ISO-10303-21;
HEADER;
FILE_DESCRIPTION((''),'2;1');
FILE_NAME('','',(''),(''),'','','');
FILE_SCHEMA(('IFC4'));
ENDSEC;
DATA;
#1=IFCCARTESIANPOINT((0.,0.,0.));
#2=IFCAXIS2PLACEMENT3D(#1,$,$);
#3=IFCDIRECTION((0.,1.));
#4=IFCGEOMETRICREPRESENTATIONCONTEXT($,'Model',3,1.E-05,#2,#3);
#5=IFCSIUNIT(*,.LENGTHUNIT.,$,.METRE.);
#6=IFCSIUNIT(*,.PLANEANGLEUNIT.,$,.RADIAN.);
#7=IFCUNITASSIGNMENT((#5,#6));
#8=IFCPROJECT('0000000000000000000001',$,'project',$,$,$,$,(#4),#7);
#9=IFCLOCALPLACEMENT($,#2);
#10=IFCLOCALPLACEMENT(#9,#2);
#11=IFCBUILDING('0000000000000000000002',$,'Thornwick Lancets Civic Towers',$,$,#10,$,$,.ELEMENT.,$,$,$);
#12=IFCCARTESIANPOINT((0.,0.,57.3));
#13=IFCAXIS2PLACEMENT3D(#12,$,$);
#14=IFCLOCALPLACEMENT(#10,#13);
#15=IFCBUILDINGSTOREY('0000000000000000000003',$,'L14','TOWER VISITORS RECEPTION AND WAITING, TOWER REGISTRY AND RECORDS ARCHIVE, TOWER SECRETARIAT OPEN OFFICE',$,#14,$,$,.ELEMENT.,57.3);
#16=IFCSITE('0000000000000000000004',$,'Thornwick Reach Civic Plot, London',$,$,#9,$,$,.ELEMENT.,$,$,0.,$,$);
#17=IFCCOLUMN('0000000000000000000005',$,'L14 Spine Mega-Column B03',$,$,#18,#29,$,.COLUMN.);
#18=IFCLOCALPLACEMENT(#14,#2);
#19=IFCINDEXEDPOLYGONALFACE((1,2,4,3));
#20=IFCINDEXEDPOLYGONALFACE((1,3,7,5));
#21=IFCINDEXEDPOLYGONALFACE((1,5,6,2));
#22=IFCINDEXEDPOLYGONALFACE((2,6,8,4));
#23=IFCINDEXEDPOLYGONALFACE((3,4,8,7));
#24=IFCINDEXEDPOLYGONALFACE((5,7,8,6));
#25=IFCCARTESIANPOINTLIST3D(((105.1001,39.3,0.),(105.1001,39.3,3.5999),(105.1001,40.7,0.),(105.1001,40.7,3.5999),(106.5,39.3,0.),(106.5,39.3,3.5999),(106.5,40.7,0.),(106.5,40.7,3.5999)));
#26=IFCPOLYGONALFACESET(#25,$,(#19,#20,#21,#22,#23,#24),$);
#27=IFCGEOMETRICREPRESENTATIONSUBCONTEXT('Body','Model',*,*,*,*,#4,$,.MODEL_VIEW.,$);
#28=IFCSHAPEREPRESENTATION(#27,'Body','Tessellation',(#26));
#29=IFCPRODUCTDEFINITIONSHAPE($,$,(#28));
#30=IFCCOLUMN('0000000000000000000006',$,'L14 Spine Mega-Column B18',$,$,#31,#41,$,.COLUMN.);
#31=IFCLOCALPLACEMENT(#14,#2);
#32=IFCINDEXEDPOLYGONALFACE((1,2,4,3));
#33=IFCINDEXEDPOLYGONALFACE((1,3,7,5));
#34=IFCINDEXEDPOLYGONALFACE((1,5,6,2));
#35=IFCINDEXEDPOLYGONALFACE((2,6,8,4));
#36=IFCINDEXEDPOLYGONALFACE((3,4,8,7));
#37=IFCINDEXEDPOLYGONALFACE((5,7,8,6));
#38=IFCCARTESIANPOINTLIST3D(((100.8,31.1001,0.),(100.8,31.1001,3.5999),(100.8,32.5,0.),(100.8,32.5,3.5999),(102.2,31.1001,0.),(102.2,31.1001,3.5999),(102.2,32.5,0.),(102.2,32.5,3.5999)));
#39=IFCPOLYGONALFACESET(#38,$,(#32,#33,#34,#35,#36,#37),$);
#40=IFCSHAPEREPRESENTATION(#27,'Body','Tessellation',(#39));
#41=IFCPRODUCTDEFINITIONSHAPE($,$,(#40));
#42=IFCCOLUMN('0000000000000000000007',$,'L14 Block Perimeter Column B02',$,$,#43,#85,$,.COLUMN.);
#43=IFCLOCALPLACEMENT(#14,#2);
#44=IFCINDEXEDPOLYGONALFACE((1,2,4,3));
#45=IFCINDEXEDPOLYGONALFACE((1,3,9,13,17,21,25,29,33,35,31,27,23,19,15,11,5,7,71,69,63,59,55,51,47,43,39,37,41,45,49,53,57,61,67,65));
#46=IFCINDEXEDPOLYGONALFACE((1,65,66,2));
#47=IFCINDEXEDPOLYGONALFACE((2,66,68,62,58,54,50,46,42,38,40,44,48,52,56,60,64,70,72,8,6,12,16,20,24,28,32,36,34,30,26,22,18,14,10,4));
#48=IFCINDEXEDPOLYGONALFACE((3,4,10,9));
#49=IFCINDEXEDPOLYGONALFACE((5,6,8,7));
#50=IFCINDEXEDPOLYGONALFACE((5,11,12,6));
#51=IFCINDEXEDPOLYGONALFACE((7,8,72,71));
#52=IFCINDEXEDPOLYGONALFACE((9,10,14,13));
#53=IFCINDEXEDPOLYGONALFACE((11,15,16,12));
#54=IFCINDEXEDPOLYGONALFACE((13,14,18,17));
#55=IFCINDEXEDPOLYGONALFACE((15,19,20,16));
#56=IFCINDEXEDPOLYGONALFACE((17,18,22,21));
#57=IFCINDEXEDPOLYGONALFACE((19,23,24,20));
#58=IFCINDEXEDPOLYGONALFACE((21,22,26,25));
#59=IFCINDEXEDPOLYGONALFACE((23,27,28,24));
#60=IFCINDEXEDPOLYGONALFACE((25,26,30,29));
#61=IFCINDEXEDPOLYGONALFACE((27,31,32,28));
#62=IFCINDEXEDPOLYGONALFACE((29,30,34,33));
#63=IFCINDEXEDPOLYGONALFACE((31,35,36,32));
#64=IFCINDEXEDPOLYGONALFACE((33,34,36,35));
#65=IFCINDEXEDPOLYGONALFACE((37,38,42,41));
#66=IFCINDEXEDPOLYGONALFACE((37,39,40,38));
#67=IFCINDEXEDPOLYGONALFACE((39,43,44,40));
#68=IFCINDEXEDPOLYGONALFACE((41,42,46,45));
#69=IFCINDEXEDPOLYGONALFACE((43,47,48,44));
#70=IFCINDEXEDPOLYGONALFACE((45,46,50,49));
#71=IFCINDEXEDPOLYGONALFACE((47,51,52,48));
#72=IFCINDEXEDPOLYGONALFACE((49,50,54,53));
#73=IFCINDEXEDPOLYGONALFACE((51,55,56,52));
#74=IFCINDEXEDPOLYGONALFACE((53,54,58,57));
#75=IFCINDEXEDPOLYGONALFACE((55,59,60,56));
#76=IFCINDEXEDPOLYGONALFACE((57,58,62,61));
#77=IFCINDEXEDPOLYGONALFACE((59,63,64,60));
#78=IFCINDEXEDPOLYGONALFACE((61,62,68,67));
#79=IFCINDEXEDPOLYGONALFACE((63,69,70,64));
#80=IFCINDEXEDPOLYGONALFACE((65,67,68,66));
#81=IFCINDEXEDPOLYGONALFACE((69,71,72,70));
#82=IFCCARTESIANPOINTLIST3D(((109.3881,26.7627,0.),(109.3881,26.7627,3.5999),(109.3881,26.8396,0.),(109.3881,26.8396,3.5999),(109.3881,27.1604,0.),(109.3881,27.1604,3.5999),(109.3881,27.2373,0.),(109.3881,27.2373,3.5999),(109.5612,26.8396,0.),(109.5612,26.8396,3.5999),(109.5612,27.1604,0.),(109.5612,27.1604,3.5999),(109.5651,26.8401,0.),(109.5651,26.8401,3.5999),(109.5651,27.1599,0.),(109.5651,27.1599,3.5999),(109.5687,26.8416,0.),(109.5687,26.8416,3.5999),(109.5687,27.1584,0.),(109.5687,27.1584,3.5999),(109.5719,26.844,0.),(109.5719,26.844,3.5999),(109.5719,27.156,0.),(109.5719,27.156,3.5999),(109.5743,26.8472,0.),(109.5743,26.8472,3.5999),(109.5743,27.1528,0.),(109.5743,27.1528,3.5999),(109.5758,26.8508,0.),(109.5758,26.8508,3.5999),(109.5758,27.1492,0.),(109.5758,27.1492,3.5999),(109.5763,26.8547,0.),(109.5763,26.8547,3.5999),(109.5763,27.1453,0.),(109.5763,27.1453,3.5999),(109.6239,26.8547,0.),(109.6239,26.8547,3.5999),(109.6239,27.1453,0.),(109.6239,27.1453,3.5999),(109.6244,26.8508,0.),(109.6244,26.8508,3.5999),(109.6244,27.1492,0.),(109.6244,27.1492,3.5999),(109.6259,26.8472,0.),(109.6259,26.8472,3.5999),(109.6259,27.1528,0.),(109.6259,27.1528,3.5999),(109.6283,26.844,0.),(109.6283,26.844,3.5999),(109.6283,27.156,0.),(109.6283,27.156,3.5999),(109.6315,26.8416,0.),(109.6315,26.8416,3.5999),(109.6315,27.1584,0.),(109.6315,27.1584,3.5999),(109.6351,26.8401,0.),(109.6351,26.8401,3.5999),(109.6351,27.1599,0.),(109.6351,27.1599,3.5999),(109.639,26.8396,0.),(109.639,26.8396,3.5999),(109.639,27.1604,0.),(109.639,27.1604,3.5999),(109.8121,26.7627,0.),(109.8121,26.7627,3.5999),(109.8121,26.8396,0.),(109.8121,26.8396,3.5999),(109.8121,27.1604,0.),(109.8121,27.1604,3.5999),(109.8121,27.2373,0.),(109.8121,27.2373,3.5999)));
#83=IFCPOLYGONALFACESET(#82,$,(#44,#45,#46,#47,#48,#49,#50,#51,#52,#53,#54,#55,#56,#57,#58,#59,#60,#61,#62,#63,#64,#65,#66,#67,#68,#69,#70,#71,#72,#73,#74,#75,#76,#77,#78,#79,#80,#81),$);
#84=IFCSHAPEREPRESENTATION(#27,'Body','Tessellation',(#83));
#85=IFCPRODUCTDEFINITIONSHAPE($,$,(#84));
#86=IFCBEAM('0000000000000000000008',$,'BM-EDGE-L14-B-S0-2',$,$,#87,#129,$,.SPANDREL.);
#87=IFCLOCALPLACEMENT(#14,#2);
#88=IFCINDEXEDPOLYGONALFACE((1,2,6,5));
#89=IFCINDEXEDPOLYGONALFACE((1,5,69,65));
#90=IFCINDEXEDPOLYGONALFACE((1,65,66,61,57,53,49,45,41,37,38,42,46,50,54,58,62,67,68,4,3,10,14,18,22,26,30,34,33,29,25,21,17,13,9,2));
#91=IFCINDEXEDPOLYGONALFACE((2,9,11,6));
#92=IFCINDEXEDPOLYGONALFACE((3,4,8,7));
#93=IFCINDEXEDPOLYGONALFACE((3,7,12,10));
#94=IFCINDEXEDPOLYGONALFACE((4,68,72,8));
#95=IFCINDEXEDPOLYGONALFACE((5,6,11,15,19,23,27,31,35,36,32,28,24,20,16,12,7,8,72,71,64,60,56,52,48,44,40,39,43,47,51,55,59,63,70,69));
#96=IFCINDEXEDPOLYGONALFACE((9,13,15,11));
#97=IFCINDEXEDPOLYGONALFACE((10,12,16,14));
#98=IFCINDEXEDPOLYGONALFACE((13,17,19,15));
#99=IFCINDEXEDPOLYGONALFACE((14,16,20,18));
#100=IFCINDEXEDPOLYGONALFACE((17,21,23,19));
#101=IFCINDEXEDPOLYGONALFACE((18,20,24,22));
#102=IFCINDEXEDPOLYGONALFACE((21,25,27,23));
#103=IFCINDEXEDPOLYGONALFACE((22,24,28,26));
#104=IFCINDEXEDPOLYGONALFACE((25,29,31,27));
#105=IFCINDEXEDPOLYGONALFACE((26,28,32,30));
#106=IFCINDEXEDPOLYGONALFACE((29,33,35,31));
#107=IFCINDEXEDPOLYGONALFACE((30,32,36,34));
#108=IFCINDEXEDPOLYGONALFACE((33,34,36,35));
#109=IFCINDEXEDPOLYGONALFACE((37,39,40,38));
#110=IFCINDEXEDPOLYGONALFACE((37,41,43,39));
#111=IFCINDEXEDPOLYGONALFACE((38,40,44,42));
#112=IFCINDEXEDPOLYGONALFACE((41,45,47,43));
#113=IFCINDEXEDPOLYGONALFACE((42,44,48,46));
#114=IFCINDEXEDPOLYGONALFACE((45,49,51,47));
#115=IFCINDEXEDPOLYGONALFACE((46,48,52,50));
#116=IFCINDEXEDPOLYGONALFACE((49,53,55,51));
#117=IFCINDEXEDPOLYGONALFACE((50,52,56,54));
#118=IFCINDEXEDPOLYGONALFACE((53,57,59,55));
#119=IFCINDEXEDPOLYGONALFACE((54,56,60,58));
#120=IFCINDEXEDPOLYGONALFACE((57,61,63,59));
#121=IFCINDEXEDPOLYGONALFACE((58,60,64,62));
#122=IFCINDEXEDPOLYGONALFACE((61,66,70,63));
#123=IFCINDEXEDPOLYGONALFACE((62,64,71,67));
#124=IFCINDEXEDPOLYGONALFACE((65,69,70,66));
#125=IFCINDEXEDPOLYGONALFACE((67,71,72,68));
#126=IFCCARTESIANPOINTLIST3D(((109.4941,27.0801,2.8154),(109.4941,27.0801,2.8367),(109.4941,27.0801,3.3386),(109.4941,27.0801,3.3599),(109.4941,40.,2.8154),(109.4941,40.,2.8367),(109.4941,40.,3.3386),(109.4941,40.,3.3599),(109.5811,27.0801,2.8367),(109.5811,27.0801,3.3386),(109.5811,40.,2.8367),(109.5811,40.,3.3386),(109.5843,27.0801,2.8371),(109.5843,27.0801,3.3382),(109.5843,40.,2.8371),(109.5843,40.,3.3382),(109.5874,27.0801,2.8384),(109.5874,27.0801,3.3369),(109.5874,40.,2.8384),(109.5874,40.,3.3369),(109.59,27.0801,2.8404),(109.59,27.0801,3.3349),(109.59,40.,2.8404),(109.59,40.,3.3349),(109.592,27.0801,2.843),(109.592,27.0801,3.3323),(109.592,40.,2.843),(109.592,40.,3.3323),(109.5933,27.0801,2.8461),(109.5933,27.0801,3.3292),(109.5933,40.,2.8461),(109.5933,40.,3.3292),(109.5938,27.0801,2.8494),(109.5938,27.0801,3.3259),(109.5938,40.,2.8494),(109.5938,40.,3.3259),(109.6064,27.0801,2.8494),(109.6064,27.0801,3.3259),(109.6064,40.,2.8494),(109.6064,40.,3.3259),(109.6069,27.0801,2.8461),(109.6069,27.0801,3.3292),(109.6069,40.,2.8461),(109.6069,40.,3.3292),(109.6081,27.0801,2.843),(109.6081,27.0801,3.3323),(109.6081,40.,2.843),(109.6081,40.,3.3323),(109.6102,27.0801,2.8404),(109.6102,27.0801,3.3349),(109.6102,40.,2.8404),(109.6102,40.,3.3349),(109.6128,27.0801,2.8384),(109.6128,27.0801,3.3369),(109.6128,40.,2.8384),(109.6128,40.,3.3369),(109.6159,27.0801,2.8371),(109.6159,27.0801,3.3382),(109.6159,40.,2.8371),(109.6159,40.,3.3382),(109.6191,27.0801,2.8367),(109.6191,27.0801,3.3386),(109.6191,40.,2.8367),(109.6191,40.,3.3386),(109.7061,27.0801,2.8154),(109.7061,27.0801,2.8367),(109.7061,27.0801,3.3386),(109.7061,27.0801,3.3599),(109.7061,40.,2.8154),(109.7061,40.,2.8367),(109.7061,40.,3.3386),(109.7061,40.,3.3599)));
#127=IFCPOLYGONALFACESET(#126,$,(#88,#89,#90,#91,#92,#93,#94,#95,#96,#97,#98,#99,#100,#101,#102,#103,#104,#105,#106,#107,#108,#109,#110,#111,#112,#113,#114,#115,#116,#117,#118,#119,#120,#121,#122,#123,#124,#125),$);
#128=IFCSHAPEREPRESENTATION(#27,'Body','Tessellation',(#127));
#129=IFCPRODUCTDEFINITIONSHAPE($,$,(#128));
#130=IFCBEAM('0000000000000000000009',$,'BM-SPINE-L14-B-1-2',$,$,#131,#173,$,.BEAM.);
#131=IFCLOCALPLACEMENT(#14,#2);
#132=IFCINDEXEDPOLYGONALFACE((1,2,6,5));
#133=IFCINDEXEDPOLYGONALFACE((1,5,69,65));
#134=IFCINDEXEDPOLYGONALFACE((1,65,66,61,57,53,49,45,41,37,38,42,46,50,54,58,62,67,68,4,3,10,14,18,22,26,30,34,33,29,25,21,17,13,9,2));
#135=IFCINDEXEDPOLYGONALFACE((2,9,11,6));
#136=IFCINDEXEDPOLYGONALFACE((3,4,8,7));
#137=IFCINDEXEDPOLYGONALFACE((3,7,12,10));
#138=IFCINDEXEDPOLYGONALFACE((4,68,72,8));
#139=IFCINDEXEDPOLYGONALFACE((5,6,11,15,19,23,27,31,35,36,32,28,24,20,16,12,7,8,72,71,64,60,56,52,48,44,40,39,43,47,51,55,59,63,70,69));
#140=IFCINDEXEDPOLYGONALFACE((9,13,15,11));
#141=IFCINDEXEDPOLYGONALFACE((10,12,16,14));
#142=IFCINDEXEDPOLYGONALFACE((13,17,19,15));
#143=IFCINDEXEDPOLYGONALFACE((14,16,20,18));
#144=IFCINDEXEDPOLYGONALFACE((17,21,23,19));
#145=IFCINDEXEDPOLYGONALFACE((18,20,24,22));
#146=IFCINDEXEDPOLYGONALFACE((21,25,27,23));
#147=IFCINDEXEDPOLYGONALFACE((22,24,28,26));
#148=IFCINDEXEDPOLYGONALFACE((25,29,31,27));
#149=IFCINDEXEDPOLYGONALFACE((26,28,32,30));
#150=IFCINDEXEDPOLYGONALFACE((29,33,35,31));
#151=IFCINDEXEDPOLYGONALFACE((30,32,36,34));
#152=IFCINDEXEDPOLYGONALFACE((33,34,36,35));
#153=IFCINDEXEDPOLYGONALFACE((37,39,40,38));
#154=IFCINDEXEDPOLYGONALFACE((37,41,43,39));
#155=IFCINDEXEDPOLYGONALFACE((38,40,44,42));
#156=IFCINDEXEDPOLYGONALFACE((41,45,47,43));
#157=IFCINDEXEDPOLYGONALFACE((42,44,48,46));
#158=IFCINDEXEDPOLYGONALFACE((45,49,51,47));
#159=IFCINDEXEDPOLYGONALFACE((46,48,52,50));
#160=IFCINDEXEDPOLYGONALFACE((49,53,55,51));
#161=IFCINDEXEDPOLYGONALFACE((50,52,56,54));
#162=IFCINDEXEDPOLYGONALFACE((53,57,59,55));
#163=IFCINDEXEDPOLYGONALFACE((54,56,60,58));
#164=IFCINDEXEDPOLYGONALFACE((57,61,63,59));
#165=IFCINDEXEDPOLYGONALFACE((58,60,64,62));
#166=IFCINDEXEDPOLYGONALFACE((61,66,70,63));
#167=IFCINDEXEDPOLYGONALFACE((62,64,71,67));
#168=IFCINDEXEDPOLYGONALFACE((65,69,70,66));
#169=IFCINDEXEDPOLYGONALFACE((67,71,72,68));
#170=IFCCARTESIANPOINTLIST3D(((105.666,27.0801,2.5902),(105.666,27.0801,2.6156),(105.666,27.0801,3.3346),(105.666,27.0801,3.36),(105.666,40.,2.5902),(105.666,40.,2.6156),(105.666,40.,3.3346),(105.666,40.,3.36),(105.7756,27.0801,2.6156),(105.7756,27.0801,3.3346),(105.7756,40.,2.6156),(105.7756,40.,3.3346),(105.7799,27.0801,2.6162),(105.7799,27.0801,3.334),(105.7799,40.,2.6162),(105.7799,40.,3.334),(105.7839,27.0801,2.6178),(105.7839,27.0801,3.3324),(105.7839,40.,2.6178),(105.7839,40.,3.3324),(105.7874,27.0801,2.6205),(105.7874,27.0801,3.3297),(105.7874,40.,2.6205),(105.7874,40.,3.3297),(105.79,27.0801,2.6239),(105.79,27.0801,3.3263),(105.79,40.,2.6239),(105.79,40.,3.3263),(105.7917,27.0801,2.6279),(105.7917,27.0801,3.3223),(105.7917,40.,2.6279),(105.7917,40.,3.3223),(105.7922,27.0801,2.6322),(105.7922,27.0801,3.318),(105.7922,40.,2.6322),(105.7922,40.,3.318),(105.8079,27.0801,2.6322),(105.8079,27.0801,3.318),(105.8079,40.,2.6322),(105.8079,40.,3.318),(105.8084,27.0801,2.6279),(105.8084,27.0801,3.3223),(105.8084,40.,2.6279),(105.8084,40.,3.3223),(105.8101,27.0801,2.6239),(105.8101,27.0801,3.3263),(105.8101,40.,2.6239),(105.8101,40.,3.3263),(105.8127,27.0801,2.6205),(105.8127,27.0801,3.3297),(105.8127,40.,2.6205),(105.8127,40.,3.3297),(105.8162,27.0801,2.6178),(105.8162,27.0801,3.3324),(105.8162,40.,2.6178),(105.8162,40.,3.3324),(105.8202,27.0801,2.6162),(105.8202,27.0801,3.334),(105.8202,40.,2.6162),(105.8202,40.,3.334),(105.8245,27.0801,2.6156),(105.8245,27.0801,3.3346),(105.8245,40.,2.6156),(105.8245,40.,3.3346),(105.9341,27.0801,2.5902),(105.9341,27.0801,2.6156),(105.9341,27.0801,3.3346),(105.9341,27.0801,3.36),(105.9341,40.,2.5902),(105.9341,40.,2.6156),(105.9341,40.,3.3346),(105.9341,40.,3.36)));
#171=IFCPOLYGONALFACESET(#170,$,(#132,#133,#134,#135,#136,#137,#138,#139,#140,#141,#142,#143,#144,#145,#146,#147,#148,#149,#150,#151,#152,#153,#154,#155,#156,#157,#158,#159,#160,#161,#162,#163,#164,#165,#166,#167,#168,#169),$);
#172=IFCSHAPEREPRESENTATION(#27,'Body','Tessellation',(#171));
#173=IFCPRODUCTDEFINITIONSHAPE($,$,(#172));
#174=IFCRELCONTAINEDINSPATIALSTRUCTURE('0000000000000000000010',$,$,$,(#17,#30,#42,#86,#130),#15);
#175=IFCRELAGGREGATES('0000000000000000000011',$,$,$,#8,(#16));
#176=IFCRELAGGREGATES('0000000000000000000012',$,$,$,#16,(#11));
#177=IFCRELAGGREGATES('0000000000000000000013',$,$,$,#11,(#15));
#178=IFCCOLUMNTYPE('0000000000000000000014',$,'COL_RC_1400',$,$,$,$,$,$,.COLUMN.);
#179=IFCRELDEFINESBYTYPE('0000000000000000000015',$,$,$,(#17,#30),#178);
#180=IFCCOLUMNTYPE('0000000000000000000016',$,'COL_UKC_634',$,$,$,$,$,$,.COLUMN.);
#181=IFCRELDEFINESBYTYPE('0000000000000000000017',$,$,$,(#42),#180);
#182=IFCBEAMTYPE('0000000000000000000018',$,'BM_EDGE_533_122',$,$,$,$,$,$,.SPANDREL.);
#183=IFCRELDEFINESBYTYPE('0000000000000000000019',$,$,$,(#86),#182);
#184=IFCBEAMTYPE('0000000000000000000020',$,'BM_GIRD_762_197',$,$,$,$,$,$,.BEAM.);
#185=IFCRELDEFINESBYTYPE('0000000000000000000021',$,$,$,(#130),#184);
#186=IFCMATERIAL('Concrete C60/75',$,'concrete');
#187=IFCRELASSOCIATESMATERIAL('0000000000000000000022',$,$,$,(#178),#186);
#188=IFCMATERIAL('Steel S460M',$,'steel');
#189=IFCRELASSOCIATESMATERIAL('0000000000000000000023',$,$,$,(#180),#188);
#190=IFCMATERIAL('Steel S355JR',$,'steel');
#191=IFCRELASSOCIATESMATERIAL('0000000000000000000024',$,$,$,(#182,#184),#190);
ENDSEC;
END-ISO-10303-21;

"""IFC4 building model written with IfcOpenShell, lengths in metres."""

from ifc_helpers import new_model, si_unit, direction, frame, origin, origin_2d, place, context, subcontext, project, spatial, rectangle, i_section, extrude, material, material_profile, profile_set, type_object, element, save


model = new_model("IFC4")

# Units and contexts
model_context = context("Model", 3, precision=1e-05, world=origin(), true_north=direction((0.0, 1.0)))
body_context = subcontext(model_context, "Body", "Model", "MODEL_VIEW")
ifc_project = project(units=[si_unit("LENGTHUNIT", "METRE"), si_unit("PLANEANGLEUNIT", "RADIAN")], contexts=[model_context])

# Site, building, storey
site_placement = place(None, origin())
site = spatial("IfcSite", under=ifc_project, at=site_placement, Name="Thornwick Reach Civic Plot, London", CompositionType="ELEMENT", RefElevation=0.0)
building_placement = place(site_placement, origin())
building = spatial("IfcBuilding", under=site, at=building_placement, Name="Thornwick Lancets Civic Towers", CompositionType="ELEMENT")
storey_placement = place(building_placement, frame((0.0, 0.0, 57.3)))
storey = spatial("IfcBuildingStorey", under=building, at=storey_placement, Name="L14", Description="TOWER VISITORS RECEPTION AND WAITING, TOWER REGISTRY AND RECORDS ARCHIVE, TOWER SECRETARIAT OPEN OFFICE", CompositionType="ELEMENT", Elevation=57.3)

# Columns
ifc_material_1 = material(Name="Concrete C60/75", Category="concrete")
ifc_material_profile_1 = material_profile(ifc_material_1, rectangle(XDim=1.3999, YDim=1.3999, at=origin_2d()), Name="RC 1400x1400")
ifc_profile_set_1 = profile_set([ifc_material_profile_1], Name="Concrete C60/75")
column_type_1 = type_object("IfcColumnType", Name="COL_RC_1400", PredefinedType="COLUMN", material=ifc_profile_set_1)
for number, where, z_axis, x_axis, name in (
    (1, (105.8, 40.0, 0.0), (0.0, 0.0, 1.0), (1.0, 0.0, 0.0), "L14 Spine Mega-Column B03"),
    (2, (101.5, 31.8, 0.0), (0.0, 0.0, 1.0), (1.0, 0.0, 0.0), "L14 Spine Mega-Column B18"),
):
    element("IfcColumn", number, at=place(storey_placement, frame(where, z_axis=z_axis, x_axis=x_axis)), inside=storey, type_object=column_type_1, Name=name, PredefinedType="COLUMN", context=body_context, shape_type="SweptSolid", body=[
        extrude(rectangle(XDim=1.3999, YDim=1.3999, at=origin_2d()), origin(), (0.0, 0.0, 1.0), 3.5999),
    ])
ifc_material_2 = material(Name="Steel S460M", Category="steel")
ifc_material_profile_2 = material_profile(ifc_material_2, i_section(OverallWidth=0.4241, OverallDepth=0.4746, WebThickness=0.0476, FlangeThickness=0.0769, FilletRadius=0.0151, at=origin_2d()), Name="UKC 356x406x634")
ifc_profile_set_2 = profile_set([ifc_material_profile_2], Name="Steel S460M")
column_type_2 = type_object("IfcColumnType", Name="COL_UKC_634", PredefinedType="COLUMN", material=ifc_profile_set_2)
column_placement = place(storey_placement, frame((109.6001, 27.0, 0.0), z_axis=(0.0, 0.0, 1.0), x_axis=(1.0, 0.0, 0.0)))
element("IfcColumn", 3, at=column_placement, inside=storey, type_object=column_type_2, Name="L14 Block Perimeter Column B02", PredefinedType="COLUMN", context=body_context, shape_type="SweptSolid", body=[
    extrude(i_section(OverallWidth=0.4241, OverallDepth=0.4746, WebThickness=0.0476, FlangeThickness=0.0769, FilletRadius=0.0151, at=origin_2d()), origin(), (0.0, 0.0, 1.0), 3.5999),
])

# Beams
ifc_material_3 = material(Name="Steel S355JR", Category="steel")
ifc_material_profile_3 = material_profile(ifc_material_3, i_section(OverallWidth=0.2119, OverallDepth=0.5444, WebThickness=0.0127, FlangeThickness=0.0212, FilletRadius=0.0127, at=origin_2d()), Name="UKB 533x210x122")
ifc_profile_set_3 = profile_set([ifc_material_profile_3], Name="Steel S355JR")
beam_type_1 = type_object("IfcBeamType", Name="BM_EDGE_533_122", PredefinedType="SPANDREL", material=ifc_profile_set_3)
beam_1_placement = place(storey_placement, frame((109.6001, 27.0801, 3.0876), z_axis=(0.0, 1.0, 0.0), x_axis=(-1.0, 0.0, 0.0)))
element("IfcBeam", 4, at=beam_1_placement, inside=storey, type_object=beam_type_1, Name="BM-EDGE-L14-B-S0-2", PredefinedType="SPANDREL", context=body_context, shape_type="SweptSolid", body=[
    extrude(i_section(OverallWidth=0.2119, OverallDepth=0.5444, WebThickness=0.0127, FlangeThickness=0.0212, FilletRadius=0.0127, at=origin_2d()), origin(), (0.0, 0.0, 1.0), 12.9199),
])
ifc_material_profile_4 = material_profile(ifc_material_3, i_section(OverallWidth=0.2681, OverallDepth=0.7698, WebThickness=0.0156, FlangeThickness=0.0254, FilletRadius=0.0166, at=origin_2d()), Name="UKB 762x267x197")
ifc_profile_set_4 = profile_set([ifc_material_profile_4], Name="Steel S355JR")
beam_type_2 = type_object("IfcBeamType", Name="BM_GIRD_762_197", PredefinedType="BEAM", material=ifc_profile_set_4)
beam_2_placement = place(storey_placement, frame((105.8, 27.0801, 2.9751), z_axis=(0.0, 1.0, 0.0), x_axis=(-1.0, 0.0, 0.0)))
element("IfcBeam", 5, at=beam_2_placement, inside=storey, type_object=beam_type_2, Name="BM-SPINE-L14-B-1-2", PredefinedType="BEAM", context=body_context, shape_type="SweptSolid", body=[
    extrude(i_section(OverallWidth=0.2681, OverallDepth=0.7698, WebThickness=0.0156, FlangeThickness=0.0254, FilletRadius=0.0166, at=origin_2d()), origin(), (0.0, 0.0, 1.0), 12.9199),
])

save(model, "model.ifc")
